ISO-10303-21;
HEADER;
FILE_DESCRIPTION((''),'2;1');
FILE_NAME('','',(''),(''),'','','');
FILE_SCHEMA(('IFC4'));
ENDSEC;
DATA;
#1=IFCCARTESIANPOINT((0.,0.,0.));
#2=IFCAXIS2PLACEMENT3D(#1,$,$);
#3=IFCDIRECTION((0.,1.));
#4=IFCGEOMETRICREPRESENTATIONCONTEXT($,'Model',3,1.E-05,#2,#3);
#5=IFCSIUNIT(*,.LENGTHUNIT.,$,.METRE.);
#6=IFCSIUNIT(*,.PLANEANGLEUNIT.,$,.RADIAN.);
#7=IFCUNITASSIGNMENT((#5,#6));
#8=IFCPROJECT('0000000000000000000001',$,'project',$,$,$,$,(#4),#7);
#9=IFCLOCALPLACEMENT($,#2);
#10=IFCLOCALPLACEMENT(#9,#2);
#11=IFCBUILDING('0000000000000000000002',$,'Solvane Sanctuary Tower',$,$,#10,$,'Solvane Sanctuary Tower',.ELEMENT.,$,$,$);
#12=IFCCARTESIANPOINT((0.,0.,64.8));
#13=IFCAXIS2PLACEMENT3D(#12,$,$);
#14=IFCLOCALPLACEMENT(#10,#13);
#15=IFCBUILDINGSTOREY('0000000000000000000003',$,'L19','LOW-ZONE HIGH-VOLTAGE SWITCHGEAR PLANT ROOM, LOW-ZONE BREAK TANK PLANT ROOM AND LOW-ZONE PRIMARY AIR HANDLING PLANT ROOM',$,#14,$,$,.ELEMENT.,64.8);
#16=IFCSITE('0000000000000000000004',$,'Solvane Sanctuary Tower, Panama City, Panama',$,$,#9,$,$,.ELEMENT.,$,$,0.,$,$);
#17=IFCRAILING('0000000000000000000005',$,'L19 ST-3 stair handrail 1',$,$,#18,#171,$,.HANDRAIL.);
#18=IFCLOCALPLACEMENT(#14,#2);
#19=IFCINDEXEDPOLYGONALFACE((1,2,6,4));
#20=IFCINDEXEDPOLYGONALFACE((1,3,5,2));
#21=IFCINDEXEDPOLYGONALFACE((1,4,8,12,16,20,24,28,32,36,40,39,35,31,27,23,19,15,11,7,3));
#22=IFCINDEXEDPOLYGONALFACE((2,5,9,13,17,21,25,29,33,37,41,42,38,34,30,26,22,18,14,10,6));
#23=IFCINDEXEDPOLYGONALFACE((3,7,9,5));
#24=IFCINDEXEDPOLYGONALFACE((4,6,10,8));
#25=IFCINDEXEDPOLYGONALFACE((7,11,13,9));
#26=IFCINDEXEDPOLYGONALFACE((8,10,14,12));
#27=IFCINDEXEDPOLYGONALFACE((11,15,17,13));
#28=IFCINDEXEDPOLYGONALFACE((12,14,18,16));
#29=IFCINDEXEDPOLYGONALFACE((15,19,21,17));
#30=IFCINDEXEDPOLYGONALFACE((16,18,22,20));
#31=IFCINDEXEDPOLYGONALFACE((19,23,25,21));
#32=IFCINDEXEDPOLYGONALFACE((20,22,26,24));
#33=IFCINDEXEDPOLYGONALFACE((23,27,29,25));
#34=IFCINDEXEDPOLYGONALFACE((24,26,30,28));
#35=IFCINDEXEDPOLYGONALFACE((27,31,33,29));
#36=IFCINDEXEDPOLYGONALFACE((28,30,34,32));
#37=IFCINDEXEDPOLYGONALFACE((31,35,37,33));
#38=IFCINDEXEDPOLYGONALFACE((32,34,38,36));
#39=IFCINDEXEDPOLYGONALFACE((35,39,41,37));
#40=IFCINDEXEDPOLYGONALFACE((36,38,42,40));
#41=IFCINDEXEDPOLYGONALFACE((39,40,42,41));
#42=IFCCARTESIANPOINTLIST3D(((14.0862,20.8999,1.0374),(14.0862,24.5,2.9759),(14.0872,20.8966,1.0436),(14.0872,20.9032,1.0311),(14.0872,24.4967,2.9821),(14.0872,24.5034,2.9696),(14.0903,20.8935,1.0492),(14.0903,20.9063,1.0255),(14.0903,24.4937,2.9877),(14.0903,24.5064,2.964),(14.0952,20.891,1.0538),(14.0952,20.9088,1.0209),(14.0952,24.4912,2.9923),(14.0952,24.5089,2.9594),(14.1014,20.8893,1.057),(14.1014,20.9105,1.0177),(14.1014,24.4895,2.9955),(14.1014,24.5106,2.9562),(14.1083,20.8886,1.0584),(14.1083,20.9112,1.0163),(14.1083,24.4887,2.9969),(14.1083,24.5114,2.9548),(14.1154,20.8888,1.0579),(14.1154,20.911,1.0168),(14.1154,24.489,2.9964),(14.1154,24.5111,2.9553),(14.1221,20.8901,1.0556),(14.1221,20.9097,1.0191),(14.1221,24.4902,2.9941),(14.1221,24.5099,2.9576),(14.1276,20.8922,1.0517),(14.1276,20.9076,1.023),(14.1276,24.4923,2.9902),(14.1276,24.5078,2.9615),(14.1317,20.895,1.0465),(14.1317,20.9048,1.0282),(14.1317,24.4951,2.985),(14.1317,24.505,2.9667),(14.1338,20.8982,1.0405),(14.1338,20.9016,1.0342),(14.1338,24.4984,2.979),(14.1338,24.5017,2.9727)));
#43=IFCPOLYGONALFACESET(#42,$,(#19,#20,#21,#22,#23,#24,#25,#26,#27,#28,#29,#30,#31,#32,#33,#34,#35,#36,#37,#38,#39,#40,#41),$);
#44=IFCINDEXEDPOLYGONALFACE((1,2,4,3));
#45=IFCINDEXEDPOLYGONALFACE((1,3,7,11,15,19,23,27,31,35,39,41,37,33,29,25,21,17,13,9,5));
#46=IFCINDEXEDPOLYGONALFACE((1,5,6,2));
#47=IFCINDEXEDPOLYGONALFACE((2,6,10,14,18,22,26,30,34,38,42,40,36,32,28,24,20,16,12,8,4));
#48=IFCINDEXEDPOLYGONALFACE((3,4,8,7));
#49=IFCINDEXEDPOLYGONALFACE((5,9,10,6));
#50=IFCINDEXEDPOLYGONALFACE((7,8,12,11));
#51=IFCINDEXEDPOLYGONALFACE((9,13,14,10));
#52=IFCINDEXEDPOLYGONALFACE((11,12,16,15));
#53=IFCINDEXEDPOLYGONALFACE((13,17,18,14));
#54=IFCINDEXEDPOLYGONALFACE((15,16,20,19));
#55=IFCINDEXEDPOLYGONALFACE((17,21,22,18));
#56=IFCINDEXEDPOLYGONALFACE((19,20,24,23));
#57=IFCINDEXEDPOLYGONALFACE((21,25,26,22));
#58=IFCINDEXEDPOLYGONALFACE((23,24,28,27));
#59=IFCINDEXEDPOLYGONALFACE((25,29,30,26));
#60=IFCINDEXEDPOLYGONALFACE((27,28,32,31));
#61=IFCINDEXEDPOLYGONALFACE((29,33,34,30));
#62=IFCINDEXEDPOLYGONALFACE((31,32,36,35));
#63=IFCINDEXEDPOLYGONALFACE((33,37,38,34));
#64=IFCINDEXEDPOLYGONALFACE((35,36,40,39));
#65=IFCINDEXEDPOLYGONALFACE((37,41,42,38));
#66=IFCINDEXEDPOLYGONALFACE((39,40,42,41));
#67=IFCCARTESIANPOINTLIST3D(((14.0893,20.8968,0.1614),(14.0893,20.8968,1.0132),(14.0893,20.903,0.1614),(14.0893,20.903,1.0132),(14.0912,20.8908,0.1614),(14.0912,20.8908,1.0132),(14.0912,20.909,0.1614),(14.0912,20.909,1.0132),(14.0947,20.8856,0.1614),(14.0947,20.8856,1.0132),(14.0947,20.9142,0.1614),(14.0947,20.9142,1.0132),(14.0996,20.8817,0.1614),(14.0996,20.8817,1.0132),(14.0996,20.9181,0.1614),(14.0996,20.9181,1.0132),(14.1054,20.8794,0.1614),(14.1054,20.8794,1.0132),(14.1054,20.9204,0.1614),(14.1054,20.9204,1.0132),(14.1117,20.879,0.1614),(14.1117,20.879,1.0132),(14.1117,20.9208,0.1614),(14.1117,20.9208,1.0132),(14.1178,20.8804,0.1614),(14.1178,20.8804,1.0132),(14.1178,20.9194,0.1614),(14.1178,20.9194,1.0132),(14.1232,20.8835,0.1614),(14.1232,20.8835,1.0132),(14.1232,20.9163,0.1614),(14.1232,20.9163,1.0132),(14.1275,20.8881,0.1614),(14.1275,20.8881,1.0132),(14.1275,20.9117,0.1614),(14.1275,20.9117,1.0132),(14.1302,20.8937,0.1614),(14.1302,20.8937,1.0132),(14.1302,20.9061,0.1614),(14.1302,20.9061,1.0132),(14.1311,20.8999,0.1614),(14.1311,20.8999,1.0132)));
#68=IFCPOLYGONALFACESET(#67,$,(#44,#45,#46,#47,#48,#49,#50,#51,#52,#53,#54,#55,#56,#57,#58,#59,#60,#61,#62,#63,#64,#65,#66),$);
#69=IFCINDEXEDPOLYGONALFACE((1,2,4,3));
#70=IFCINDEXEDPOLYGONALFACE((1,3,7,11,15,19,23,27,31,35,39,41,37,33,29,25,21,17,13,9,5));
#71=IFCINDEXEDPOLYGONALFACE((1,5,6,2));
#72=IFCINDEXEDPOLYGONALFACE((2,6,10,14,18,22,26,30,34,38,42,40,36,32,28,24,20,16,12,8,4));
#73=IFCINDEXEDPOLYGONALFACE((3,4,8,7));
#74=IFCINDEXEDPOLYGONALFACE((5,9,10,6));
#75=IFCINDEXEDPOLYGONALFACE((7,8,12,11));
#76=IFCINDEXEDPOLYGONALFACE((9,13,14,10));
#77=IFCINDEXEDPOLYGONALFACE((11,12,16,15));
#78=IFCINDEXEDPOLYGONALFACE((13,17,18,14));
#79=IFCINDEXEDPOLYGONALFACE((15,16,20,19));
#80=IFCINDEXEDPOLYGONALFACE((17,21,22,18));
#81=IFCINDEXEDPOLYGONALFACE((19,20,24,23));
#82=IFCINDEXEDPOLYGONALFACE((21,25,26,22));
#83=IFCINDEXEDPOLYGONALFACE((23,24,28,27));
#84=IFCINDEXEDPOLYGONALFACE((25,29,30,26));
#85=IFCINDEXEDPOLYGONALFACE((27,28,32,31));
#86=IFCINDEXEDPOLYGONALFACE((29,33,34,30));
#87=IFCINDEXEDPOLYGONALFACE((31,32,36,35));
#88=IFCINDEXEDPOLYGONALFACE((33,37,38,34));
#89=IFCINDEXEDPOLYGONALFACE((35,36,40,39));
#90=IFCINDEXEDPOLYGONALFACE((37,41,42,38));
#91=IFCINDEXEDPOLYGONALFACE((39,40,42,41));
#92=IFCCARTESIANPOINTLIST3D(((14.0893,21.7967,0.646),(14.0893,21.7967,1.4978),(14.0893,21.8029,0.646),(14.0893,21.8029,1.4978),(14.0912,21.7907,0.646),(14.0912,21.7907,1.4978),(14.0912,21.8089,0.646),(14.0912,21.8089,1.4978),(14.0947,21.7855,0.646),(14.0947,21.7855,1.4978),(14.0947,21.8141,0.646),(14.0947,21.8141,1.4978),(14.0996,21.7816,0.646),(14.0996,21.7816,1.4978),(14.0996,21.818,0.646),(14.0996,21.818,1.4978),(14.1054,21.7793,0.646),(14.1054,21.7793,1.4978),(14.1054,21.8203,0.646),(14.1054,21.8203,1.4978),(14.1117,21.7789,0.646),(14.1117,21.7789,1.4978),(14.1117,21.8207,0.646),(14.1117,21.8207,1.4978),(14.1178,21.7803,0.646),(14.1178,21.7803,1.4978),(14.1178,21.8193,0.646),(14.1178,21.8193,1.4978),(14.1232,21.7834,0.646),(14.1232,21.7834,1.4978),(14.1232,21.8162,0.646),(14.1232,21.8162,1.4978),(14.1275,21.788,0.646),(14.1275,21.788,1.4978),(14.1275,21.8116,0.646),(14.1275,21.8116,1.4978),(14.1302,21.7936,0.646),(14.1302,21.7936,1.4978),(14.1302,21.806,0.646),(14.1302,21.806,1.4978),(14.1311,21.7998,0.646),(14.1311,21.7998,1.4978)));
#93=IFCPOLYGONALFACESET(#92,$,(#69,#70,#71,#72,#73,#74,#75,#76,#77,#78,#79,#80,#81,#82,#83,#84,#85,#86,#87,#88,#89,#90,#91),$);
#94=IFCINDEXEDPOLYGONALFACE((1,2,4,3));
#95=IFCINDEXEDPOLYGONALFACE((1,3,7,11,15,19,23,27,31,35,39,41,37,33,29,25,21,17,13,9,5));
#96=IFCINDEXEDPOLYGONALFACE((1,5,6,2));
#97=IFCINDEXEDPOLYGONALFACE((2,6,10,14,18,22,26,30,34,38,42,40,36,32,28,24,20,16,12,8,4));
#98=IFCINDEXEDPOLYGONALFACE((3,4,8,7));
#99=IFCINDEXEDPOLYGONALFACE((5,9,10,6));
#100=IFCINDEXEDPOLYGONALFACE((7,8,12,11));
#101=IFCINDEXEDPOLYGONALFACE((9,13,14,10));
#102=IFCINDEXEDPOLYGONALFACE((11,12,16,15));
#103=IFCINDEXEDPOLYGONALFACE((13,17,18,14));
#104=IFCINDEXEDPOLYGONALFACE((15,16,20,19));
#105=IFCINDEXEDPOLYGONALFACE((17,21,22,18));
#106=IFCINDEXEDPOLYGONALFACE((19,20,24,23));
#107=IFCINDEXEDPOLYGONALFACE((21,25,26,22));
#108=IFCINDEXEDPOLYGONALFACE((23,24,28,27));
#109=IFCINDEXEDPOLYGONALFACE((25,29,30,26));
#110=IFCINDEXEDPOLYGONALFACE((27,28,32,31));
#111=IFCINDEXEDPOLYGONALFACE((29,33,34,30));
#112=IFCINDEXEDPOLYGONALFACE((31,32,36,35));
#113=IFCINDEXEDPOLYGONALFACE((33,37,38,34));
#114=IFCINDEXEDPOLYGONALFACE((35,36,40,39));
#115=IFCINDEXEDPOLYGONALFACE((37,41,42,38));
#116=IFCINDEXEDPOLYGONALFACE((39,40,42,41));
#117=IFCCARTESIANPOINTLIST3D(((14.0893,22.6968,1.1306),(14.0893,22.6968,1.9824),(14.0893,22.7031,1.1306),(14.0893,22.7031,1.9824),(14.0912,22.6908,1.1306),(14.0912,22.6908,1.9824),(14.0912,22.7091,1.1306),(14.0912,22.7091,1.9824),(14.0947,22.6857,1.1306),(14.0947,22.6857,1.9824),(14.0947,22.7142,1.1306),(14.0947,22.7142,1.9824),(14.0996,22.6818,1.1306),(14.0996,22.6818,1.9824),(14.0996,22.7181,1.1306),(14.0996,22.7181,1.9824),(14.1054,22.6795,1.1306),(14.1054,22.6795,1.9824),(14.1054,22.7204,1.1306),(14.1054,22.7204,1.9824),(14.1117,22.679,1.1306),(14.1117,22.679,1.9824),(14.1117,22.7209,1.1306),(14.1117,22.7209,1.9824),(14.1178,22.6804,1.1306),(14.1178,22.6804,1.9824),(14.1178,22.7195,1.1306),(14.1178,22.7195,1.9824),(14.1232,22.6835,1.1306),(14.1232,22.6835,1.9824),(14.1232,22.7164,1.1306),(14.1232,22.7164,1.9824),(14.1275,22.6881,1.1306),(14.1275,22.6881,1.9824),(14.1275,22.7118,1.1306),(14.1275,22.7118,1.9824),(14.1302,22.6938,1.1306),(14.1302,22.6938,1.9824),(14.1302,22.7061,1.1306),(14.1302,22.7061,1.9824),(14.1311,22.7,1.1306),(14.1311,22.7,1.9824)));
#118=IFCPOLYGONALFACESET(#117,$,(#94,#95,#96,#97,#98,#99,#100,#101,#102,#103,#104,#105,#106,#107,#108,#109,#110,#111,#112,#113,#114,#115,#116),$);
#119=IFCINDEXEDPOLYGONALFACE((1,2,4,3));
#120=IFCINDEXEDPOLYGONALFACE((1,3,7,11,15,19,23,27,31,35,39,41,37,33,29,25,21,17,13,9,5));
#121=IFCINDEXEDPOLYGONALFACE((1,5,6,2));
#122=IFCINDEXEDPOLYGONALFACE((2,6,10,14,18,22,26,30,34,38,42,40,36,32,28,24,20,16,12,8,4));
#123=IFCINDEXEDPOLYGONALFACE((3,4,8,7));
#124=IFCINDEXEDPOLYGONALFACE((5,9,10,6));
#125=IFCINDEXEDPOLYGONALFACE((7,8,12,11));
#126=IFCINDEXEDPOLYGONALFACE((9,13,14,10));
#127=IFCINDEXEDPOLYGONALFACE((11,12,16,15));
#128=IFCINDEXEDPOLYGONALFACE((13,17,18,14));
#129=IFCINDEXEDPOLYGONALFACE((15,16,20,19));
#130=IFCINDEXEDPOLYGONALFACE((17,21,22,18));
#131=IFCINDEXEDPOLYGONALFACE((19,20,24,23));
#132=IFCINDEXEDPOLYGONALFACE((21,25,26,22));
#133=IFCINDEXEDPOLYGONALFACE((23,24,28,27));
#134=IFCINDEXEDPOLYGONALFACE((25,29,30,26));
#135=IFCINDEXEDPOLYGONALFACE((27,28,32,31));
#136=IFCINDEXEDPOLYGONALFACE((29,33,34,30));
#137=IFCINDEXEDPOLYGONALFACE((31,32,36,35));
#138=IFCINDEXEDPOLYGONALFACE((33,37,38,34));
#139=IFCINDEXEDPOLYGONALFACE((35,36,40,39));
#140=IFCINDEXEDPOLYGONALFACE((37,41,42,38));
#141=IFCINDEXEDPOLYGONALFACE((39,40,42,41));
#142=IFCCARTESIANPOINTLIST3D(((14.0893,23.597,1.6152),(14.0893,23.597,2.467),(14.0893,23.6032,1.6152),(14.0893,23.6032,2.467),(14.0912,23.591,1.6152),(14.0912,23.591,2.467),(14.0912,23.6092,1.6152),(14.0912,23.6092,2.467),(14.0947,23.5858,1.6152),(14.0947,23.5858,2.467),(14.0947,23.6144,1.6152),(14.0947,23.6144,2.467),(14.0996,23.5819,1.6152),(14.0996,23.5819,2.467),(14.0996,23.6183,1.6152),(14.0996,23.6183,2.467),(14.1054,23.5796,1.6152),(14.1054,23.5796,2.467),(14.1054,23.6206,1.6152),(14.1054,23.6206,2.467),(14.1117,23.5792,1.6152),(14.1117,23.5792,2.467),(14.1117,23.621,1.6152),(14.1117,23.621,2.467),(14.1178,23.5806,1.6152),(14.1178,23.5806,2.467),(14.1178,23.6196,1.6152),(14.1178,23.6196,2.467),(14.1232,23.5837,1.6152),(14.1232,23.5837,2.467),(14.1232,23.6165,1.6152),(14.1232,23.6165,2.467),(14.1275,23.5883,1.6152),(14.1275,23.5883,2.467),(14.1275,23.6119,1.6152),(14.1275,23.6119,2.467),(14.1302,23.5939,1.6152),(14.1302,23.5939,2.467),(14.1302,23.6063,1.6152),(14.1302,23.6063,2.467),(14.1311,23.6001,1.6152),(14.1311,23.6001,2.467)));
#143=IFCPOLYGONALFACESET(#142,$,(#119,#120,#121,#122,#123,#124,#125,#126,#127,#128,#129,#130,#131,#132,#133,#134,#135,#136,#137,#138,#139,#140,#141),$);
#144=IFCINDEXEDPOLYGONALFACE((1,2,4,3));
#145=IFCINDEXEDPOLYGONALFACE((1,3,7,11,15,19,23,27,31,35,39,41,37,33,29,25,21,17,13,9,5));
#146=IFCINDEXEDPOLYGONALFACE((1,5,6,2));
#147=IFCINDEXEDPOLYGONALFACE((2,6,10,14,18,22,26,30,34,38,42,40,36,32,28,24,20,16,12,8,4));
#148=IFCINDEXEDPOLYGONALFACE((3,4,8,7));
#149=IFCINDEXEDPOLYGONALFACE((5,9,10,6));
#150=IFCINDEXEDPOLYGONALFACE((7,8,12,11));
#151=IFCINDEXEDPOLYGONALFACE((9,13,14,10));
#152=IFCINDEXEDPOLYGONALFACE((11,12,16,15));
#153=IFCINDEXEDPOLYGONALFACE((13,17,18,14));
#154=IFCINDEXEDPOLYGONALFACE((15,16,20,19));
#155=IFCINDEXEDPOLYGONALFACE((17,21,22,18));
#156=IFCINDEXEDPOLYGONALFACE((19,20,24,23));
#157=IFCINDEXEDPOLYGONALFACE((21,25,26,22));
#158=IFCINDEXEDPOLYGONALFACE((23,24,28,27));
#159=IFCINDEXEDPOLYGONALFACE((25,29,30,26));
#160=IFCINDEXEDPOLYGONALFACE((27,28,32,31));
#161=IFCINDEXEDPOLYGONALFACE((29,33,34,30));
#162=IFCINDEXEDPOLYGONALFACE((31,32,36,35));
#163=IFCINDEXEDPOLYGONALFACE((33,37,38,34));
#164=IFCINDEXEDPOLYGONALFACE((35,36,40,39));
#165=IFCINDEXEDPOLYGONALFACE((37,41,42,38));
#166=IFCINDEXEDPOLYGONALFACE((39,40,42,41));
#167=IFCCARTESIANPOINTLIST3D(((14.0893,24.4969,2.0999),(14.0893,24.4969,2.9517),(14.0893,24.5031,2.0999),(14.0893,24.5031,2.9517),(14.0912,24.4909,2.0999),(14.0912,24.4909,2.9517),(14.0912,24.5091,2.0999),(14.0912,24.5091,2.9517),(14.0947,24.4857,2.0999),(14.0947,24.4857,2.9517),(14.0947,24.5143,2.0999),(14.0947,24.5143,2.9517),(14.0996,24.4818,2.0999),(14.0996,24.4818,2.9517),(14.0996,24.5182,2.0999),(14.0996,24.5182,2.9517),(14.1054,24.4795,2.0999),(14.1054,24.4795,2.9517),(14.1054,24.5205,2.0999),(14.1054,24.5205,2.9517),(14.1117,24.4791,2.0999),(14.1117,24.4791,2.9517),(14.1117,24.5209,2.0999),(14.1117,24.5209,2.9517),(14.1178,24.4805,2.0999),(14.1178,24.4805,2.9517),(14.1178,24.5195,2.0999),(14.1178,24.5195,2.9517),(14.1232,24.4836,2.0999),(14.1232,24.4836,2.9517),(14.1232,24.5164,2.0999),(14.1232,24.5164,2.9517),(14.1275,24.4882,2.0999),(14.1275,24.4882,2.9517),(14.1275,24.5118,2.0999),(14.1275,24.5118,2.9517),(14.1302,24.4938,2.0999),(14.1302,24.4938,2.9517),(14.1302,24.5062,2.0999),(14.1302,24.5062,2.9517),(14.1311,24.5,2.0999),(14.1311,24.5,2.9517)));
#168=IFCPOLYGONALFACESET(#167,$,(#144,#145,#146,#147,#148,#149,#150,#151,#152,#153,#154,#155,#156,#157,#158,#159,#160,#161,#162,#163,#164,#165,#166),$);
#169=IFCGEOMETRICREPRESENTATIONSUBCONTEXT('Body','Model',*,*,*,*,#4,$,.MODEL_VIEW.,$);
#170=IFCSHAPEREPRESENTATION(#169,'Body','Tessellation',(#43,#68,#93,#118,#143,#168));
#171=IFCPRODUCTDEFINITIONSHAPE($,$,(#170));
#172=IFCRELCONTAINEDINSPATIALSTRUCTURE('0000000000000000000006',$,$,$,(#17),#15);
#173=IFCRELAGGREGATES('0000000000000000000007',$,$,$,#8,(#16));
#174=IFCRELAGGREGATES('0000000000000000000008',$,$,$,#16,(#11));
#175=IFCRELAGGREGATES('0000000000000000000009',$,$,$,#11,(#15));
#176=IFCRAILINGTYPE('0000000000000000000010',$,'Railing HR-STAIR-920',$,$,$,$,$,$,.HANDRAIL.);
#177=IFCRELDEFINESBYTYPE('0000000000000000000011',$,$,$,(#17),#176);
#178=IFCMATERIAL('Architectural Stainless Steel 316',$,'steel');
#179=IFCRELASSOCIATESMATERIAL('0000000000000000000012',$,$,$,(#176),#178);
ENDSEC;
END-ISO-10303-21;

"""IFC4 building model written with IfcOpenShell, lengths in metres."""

from ifc_helpers import new_model, si_unit, direction, frame, origin, origin_2d, place, context, subcontext, project, spatial, circle, extrude, material, type_object, element, save


model = new_model("IFC4")

# Units and contexts
model_context = context("Model", 3, precision=1e-05, world=origin(), true_north=direction((0.0, 1.0)))
body_context = subcontext(model_context, "Body", "Model", "MODEL_VIEW")
ifc_project = project(units=[si_unit("LENGTHUNIT", "METRE"), si_unit("PLANEANGLEUNIT", "RADIAN")], contexts=[model_context])

# Site, building, storey
site_placement = place(None, origin())
site = spatial("IfcSite", under=ifc_project, at=site_placement, Name="Solvane Sanctuary Tower, Panama City, Panama", CompositionType="ELEMENT", RefElevation=0.0)
building_placement = place(site_placement, origin())
building = spatial("IfcBuilding", under=site, at=building_placement, Name="Solvane Sanctuary Tower", LongName="Solvane Sanctuary Tower", CompositionType="ELEMENT")
storey_placement = place(building_placement, frame((0.0, 0.0, 64.8)))
storey = spatial("IfcBuildingStorey", under=building, at=storey_placement, Name="L19", Description="LOW-ZONE HIGH-VOLTAGE SWITCHGEAR PLANT ROOM, LOW-ZONE BREAK TANK PLANT ROOM AND LOW-ZONE PRIMARY AIR HANDLING PLANT ROOM", CompositionType="ELEMENT", Elevation=64.8)

# Shared definitions
ifc_material_1 = material(Name="Architectural Stainless Steel 316", Category="steel")

# Railing
railing_type_1 = type_object("IfcRailingType", Name="Railing HR-STAIR-920", PredefinedType="HANDRAIL", material=ifc_material_1)
railing_1_placement = place(storey_placement, frame((14.1101, 20.8999, 0.1614)))
element("IfcRailing", 1, at=railing_1_placement, inside=storey, type_object=railing_type_1, Name="L19 ST-3 stair handrail 1", PredefinedType="HANDRAIL", context=body_context, shape_type="SweptSolid", body=[
    extrude(circle(Radius=0.0239, at=origin_2d()), frame((0.0, 0.0, 0.876), z_axis=(0.0, 0.880475, 0.474093), x_axis=(-1.0, 0.0, 0.0)), (0.0, 0.0, 1.0), 4.0889),
    extrude(circle(Radius=0.021, at=origin_2d()), origin(), (0.0, 0.0, 1.0), 0.8518),
    extrude(circle(Radius=0.021, at=origin_2d()), frame((0.0, 0.8999, 0.4846)), (0.0, 0.0, 1.0), 0.8518),
    extrude(circle(Radius=0.021, at=origin_2d()), frame((0.0, 1.8, 0.9692)), (0.0, 0.0, 1.0), 0.8518),
    extrude(circle(Radius=0.021, at=origin_2d()), frame((0.0, 2.7002, 1.4539)), (0.0, 0.0, 1.0), 0.8518),
    extrude(circle(Radius=0.021, at=origin_2d()), frame((0.0, 3.6001, 1.9385)), (0.0, 0.0, 1.0), 0.8518),
])

save(model, "model.ifc")
